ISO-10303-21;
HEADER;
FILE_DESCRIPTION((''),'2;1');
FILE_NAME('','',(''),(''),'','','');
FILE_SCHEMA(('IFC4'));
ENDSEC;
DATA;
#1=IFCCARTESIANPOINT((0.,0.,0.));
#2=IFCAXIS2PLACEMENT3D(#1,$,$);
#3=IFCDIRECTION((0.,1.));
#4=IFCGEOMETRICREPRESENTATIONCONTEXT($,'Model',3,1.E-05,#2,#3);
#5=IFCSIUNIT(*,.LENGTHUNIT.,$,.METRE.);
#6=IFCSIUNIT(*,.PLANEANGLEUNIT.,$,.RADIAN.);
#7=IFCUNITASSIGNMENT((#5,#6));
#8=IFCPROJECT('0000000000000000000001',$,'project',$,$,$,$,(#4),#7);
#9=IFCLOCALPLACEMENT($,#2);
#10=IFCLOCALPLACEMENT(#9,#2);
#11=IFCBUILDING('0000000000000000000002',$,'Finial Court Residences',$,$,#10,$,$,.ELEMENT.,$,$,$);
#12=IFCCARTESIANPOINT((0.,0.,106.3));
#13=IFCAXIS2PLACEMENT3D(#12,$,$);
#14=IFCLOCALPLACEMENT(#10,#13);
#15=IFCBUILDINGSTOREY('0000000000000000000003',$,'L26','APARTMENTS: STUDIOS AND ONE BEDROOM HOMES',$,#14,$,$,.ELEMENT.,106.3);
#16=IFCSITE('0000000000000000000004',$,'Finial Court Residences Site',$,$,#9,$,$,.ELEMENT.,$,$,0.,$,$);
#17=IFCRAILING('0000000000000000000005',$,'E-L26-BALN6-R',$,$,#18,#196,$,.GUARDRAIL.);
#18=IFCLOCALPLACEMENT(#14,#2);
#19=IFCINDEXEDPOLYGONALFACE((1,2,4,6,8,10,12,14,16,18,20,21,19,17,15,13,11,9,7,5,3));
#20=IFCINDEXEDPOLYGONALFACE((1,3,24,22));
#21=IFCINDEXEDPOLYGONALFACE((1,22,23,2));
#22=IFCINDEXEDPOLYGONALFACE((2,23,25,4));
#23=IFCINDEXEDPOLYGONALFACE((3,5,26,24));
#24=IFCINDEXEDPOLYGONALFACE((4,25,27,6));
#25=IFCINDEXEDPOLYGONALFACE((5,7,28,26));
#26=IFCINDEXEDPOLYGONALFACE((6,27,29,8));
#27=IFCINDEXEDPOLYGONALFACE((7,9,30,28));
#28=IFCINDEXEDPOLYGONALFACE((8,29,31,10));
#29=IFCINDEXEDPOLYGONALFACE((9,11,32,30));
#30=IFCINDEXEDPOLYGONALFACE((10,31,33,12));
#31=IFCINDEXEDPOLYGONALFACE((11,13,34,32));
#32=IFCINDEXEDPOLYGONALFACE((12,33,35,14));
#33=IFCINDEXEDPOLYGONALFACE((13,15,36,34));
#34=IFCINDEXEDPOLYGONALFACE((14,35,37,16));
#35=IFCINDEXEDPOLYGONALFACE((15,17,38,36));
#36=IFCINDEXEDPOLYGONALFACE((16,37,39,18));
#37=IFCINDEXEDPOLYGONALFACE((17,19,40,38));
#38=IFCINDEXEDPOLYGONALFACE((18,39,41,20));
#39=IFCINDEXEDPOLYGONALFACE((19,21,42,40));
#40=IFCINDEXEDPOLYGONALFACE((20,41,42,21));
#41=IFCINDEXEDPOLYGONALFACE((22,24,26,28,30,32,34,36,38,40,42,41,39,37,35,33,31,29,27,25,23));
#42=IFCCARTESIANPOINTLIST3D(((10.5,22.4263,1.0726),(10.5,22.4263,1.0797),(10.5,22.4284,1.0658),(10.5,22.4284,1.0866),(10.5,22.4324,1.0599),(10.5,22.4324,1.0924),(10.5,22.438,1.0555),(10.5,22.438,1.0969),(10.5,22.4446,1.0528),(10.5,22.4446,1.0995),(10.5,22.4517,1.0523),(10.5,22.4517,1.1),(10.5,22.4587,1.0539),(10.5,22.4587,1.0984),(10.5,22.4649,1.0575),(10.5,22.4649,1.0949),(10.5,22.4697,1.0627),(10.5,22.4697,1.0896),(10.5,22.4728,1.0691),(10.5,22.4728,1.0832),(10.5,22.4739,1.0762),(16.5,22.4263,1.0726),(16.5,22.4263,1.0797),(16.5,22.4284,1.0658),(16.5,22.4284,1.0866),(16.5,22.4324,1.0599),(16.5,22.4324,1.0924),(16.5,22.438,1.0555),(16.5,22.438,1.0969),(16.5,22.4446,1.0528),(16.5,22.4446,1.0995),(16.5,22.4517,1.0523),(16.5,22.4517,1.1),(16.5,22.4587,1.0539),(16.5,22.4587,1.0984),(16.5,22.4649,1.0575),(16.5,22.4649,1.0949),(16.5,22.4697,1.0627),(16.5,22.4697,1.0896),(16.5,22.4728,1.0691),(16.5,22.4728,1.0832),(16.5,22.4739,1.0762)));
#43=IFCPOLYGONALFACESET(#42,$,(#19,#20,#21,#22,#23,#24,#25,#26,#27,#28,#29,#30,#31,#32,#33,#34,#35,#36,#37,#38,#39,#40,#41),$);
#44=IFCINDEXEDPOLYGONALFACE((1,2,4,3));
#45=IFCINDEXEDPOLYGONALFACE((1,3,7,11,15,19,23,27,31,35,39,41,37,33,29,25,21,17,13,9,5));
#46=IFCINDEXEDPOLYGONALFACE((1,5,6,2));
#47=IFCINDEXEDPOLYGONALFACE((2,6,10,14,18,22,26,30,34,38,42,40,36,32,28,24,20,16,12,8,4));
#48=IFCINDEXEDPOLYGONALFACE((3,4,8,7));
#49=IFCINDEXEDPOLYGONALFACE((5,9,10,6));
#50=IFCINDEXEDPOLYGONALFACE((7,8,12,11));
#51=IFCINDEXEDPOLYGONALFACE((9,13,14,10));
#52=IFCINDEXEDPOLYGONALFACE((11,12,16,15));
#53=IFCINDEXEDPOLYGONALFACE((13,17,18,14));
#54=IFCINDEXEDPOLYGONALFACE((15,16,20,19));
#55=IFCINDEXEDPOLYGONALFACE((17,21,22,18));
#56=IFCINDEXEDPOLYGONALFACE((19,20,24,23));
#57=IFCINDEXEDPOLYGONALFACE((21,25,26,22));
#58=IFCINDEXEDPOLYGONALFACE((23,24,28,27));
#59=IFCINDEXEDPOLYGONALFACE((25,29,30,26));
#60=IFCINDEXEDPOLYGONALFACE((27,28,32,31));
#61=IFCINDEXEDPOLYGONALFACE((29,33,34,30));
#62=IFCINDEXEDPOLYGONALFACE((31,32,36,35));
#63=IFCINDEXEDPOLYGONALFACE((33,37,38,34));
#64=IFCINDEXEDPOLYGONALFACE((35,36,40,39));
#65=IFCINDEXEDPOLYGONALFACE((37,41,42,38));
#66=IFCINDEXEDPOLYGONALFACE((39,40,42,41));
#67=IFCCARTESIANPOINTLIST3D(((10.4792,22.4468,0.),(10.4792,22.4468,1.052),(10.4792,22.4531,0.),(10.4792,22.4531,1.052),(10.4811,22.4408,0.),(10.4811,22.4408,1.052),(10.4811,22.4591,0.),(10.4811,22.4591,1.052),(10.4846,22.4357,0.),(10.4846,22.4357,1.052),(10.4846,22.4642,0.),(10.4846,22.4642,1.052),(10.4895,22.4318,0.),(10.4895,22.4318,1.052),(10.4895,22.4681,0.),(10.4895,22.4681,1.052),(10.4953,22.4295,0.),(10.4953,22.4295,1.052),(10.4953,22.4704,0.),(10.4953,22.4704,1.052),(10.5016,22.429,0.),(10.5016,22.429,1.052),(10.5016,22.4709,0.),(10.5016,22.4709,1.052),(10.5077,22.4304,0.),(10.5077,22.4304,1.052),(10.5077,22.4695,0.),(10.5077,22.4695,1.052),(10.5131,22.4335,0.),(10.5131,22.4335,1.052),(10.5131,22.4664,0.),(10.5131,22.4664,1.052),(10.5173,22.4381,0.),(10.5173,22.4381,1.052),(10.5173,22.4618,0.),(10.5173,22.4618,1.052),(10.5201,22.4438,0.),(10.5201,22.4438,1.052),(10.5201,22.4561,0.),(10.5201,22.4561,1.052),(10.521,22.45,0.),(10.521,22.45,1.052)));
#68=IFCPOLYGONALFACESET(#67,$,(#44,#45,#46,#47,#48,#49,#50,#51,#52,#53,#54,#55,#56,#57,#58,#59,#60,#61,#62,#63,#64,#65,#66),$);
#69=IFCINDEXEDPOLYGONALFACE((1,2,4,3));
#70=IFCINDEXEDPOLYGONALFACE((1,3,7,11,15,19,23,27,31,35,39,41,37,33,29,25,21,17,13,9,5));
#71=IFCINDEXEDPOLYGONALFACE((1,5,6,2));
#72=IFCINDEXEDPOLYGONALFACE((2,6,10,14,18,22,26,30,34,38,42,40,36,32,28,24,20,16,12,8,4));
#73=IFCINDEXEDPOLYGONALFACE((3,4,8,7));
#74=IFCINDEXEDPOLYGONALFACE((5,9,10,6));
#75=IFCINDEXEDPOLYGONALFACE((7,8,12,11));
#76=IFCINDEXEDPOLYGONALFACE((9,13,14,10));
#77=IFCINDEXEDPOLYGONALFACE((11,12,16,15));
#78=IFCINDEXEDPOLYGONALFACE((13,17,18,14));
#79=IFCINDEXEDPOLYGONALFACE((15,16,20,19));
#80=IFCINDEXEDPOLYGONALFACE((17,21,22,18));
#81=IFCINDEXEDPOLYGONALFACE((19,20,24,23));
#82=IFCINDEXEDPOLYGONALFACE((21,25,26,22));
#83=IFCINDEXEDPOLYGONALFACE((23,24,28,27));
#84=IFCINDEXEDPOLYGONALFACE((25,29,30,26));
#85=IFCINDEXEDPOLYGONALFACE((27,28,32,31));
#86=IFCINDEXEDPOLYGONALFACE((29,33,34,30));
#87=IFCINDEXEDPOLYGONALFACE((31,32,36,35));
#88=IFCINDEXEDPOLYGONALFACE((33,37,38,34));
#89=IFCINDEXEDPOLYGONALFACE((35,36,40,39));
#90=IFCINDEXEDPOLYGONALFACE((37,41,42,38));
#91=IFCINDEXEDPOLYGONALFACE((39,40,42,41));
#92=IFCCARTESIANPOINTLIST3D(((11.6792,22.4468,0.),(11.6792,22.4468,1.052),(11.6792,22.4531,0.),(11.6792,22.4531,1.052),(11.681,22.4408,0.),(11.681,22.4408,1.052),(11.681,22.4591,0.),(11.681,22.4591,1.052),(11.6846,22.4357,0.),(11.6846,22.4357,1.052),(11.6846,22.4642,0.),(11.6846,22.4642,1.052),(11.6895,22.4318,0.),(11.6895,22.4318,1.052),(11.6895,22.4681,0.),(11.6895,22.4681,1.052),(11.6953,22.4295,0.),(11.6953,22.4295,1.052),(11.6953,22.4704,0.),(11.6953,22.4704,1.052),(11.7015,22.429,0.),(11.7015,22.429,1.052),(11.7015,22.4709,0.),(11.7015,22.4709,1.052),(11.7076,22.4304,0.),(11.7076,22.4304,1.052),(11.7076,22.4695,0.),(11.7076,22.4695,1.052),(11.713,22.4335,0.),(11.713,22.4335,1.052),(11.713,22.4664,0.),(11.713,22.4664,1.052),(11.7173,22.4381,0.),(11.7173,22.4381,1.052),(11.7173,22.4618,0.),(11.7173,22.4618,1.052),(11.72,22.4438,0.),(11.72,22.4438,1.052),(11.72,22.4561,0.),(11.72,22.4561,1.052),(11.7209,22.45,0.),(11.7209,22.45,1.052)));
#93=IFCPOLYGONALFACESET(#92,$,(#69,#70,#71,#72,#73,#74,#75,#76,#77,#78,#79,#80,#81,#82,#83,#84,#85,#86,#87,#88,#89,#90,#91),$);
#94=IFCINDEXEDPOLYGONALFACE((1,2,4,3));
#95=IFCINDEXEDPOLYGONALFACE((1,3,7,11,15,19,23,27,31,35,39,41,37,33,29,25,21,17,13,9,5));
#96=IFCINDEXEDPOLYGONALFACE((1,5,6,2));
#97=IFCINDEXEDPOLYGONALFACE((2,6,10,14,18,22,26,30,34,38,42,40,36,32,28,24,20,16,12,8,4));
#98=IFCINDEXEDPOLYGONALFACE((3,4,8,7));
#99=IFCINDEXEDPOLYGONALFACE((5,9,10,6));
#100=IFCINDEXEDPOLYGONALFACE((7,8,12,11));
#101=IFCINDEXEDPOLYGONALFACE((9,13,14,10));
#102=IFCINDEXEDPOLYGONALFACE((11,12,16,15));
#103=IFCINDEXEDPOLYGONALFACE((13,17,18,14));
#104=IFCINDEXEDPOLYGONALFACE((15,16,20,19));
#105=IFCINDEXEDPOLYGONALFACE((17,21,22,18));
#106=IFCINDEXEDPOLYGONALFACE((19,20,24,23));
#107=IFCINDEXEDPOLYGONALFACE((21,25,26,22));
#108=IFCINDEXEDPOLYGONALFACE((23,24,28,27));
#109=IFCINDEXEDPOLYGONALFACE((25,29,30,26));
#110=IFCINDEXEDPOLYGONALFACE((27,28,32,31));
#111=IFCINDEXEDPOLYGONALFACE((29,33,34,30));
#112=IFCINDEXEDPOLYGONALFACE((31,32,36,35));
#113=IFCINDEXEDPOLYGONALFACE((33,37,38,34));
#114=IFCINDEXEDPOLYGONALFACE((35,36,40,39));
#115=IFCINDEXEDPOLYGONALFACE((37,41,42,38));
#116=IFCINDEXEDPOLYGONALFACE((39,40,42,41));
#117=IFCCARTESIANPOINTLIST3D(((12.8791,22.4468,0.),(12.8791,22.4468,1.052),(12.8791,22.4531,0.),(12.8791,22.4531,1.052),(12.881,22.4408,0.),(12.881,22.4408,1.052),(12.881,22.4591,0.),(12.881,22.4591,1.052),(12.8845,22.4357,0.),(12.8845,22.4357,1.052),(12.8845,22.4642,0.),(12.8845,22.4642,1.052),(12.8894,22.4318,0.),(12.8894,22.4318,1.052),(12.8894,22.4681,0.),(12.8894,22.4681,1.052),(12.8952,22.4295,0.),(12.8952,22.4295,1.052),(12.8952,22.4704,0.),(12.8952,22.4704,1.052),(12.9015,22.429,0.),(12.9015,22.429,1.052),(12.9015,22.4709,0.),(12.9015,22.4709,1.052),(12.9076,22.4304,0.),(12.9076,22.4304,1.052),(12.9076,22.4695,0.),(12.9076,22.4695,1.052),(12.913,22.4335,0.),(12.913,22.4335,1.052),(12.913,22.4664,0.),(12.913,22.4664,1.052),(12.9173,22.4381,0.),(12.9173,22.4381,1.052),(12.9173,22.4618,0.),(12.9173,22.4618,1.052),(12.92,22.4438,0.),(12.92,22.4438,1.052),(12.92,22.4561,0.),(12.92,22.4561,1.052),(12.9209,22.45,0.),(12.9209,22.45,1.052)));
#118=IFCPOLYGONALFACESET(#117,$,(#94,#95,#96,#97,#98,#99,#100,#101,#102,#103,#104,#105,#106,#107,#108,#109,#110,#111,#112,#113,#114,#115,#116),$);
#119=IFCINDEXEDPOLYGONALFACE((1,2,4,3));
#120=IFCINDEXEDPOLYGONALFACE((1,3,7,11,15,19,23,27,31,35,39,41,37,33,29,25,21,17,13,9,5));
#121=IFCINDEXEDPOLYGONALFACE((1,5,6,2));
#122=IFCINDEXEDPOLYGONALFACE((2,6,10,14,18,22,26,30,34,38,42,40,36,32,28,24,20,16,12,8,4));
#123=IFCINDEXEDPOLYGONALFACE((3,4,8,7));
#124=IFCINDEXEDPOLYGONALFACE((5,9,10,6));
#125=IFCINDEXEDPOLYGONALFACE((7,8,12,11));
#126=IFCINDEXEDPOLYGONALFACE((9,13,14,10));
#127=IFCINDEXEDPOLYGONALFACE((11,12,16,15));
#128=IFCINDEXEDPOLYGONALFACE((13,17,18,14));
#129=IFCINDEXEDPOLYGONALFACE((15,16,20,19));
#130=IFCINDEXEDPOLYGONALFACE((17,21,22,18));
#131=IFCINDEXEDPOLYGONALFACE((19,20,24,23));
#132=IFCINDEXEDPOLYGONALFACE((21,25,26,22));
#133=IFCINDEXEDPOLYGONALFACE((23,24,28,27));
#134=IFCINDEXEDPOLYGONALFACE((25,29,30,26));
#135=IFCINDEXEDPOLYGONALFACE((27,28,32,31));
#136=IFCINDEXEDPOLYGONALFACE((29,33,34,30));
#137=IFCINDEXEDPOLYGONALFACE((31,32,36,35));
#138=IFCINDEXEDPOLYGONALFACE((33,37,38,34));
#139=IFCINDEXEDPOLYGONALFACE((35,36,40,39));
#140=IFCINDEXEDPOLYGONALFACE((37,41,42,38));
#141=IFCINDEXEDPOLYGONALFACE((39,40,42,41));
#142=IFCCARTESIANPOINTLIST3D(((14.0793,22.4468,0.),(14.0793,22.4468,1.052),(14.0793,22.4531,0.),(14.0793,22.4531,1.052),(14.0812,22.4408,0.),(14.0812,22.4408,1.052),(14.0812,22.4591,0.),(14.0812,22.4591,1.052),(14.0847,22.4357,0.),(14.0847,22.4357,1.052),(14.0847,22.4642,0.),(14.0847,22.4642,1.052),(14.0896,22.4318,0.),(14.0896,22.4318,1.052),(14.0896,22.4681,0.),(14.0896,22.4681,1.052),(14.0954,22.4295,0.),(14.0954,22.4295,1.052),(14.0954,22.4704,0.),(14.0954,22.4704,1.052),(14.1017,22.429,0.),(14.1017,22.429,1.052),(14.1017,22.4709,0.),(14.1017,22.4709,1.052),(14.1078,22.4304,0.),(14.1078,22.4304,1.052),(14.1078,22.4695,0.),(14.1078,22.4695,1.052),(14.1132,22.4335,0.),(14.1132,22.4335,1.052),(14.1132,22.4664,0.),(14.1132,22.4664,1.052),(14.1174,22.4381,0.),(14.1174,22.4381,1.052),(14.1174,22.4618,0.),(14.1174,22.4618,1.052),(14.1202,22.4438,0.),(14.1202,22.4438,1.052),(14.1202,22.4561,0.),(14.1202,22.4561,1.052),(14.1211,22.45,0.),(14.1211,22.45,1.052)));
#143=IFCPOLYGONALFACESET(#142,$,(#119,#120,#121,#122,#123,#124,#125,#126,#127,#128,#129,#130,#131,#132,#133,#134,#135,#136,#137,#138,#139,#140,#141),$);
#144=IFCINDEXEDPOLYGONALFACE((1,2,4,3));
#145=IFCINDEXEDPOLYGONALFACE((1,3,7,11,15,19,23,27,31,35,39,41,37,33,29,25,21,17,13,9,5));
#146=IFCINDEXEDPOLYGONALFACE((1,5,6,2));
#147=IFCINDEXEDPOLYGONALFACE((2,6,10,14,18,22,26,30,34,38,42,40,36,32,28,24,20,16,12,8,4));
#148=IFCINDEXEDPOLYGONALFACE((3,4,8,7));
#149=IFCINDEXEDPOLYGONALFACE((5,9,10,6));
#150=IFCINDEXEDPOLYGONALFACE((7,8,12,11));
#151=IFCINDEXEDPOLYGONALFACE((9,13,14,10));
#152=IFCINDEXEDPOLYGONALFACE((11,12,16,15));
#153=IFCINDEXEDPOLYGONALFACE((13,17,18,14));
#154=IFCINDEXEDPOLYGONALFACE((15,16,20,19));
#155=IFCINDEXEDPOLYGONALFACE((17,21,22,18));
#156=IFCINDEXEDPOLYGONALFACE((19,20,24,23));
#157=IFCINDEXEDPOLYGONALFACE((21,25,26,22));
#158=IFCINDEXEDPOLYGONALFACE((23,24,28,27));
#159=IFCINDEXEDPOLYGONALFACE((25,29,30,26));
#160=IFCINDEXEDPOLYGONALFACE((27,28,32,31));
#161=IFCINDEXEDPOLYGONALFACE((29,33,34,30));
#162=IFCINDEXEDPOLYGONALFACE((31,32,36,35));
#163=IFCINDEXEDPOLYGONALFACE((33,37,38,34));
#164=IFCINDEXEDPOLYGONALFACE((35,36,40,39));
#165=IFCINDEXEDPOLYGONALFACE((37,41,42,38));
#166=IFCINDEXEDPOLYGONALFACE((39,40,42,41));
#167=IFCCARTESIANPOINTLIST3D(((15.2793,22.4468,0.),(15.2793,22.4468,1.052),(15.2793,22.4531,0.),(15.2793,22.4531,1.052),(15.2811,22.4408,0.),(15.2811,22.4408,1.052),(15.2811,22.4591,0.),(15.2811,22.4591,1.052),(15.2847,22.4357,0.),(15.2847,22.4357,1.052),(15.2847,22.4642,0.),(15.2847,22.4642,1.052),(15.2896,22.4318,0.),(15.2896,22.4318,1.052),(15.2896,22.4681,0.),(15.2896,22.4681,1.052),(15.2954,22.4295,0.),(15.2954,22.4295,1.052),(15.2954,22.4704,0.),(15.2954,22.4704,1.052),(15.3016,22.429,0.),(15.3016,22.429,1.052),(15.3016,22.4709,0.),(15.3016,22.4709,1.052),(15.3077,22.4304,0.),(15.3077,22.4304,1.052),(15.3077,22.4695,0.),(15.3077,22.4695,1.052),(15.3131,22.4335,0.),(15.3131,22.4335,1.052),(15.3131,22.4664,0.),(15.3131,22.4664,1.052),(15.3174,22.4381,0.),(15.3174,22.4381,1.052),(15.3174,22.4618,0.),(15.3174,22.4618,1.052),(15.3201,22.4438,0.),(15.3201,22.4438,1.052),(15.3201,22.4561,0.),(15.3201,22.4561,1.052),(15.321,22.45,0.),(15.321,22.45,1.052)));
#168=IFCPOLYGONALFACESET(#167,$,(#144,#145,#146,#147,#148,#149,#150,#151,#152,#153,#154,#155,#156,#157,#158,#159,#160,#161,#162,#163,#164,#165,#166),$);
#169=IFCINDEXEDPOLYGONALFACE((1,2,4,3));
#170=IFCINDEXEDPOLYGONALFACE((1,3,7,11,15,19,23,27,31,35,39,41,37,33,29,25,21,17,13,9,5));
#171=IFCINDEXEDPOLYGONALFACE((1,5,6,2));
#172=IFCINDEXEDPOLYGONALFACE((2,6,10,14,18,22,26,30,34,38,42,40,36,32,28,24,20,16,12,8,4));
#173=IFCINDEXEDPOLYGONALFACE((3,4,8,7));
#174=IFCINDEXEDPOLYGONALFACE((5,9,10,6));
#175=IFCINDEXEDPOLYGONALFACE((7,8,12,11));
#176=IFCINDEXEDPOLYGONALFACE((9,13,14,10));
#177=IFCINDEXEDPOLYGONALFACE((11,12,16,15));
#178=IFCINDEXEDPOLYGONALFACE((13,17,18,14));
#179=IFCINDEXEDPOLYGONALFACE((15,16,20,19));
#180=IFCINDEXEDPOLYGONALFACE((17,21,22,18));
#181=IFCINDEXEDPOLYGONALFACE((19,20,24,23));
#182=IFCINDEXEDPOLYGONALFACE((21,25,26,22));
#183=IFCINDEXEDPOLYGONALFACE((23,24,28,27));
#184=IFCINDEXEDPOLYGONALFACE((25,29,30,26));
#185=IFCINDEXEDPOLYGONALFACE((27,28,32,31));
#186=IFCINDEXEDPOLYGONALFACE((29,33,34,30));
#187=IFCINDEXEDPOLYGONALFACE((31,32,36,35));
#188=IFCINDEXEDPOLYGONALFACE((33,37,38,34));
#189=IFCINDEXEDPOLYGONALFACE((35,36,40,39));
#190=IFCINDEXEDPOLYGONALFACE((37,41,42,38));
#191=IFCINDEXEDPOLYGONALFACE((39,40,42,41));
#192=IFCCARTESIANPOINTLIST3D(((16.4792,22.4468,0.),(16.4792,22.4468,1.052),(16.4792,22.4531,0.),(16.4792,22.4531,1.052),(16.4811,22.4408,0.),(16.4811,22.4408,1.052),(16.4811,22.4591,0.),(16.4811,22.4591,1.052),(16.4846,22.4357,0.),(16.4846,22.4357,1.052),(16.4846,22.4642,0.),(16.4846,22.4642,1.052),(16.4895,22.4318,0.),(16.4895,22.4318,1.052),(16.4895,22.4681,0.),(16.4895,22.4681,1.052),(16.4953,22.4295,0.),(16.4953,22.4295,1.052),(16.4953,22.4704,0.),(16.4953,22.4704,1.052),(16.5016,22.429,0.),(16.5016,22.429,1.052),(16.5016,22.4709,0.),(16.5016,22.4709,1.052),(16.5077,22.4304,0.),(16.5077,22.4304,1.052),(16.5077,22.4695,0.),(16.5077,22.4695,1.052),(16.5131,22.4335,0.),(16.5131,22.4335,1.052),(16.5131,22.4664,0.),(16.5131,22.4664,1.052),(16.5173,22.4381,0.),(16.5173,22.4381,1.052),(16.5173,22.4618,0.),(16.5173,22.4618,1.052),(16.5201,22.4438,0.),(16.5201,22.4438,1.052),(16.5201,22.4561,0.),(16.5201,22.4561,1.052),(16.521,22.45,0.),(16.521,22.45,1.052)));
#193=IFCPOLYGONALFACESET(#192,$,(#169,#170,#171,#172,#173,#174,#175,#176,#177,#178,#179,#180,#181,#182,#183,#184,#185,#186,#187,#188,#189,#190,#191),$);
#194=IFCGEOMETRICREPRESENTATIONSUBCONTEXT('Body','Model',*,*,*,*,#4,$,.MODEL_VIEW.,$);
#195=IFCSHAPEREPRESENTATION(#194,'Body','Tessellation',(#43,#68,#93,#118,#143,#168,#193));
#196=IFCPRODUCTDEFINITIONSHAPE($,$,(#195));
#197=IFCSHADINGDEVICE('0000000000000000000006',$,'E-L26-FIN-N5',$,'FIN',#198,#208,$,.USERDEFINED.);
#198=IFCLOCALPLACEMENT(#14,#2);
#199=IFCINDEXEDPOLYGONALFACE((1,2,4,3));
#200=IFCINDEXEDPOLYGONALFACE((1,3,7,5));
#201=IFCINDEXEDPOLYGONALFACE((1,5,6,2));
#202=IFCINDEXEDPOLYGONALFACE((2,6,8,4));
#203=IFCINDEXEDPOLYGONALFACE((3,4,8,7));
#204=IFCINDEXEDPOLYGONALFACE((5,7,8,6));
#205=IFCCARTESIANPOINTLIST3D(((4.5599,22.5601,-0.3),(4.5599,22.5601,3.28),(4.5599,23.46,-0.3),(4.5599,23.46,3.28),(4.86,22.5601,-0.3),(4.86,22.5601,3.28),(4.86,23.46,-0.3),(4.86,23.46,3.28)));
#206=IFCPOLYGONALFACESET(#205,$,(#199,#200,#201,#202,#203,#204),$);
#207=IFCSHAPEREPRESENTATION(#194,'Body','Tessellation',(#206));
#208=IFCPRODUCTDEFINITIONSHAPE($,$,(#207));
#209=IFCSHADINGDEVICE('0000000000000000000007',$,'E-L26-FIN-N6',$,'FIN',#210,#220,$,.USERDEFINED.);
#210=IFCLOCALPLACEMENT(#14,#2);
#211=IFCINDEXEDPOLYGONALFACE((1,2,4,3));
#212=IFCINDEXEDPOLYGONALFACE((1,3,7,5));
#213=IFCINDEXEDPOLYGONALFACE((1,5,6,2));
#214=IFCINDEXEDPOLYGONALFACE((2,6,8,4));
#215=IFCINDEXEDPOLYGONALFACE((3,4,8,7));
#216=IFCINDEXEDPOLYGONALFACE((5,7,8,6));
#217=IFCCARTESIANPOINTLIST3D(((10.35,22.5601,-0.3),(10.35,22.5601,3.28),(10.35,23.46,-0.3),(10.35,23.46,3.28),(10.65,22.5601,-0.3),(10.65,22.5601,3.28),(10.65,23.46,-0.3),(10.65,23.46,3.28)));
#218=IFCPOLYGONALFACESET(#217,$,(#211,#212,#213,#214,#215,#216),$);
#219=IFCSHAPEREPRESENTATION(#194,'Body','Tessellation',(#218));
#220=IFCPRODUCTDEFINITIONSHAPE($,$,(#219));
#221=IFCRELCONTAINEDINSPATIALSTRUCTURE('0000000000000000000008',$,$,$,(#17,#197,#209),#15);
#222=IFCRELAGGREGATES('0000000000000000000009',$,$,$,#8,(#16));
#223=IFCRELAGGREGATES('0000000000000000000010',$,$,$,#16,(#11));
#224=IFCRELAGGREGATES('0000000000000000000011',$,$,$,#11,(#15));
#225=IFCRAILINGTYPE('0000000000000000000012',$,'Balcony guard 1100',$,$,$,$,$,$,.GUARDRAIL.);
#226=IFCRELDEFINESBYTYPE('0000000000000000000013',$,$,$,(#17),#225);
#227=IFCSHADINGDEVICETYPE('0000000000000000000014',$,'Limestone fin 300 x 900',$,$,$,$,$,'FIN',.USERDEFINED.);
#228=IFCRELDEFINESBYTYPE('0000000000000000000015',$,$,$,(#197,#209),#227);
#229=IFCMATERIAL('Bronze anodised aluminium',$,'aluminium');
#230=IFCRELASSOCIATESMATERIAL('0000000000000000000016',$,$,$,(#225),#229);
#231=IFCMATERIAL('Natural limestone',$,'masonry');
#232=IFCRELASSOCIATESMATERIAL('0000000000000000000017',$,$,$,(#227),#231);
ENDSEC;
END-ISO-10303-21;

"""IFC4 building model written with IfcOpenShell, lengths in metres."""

from ifc_helpers import new_model, si_unit, direction, frame, origin, origin_2d, place, context, subcontext, project, spatial, rectangle, circle, extrude, material, type_object, element, save


model = new_model("IFC4")

# Units and contexts
model_context = context("Model", 3, precision=1e-05, world=origin(), true_north=direction((0.0, 1.0)))
body_context = subcontext(model_context, "Body", "Model", "MODEL_VIEW")
ifc_project = project(units=[si_unit("LENGTHUNIT", "METRE"), si_unit("PLANEANGLEUNIT", "RADIAN")], contexts=[model_context])

# Site, building, storey
site_placement = place(None, origin())
site = spatial("IfcSite", under=ifc_project, at=site_placement, Name="Finial Court Residences Site", CompositionType="ELEMENT", RefElevation=0.0)
building_placement = place(site_placement, origin())
building = spatial("IfcBuilding", under=site, at=building_placement, Name="Finial Court Residences", CompositionType="ELEMENT")
storey_placement = place(building_placement, frame((0.0, 0.0, 106.3)))
storey = spatial("IfcBuildingStorey", under=building, at=storey_placement, Name="L26", Description="APARTMENTS: STUDIOS AND ONE BEDROOM HOMES", CompositionType="ELEMENT", Elevation=106.3)

# Shared definitions
ifc_material_1 = material(Name="Bronze anodised aluminium", Category="aluminium")

# Shared definitions
ifc_material_2 = material(Name="Natural limestone", Category="masonry")

# Railing
railing_type = type_object("IfcRailingType", Name="Balcony guard 1100", PredefinedType="GUARDRAIL", material=ifc_material_1)
railing_placement = place(storey_placement, frame((10.5, 22.45, 0.0)))
element("IfcRailing", 1, at=railing_placement, inside=storey, type_object=railing_type, Name="E-L26-BALN6-R", PredefinedType="GUARDRAIL", context=body_context, shape_type="SweptSolid", body=[
    extrude(circle(Radius=0.0239, at=origin_2d()), frame((0.0, 0.0, 1.0762), z_axis=(1.0, 0.0, 0.0), x_axis=(0.0, 1.0, 0.0)), (0.0, 0.0, 1.0), 6.0),
    extrude(circle(Radius=0.021, at=origin_2d()), origin(), (0.0, 0.0, 1.0), 1.052),
    extrude(circle(Radius=0.021, at=origin_2d()), frame((1.2, 0.0, 0.0)), (0.0, 0.0, 1.0), 1.052),
    extrude(circle(Radius=0.021, at=origin_2d()), frame((2.3999, 0.0, 0.0)), (0.0, 0.0, 1.0), 1.052),
    extrude(circle(Radius=0.021, at=origin_2d()), frame((3.6001, 0.0, 0.0)), (0.0, 0.0, 1.0), 1.052),
    extrude(circle(Radius=0.021, at=origin_2d()), frame((4.8, 0.0, 0.0)), (0.0, 0.0, 1.0), 1.052),
    extrude(circle(Radius=0.021, at=origin_2d()), frame((6.0, 0.0, 0.0)), (0.0, 0.0, 1.0), 1.052),
])

# Shading devices
shading_device_type = type_object("IfcShadingDeviceType", Name="Limestone fin 300 x 900", ElementType="FIN", PredefinedType="USERDEFINED", material=ifc_material_2)
for number, where, z_axis, x_axis, name in (
    (2, (4.71, 23.01, -0.3), (0.0, 0.0, 1.0), (1.0, 0.0, 0.0), "E-L26-FIN-N5"),
    (3, (10.5, 23.01, -0.3), (0.0, 0.0, 1.0), (1.0, 0.0, 0.0), "E-L26-FIN-N6"),
):
    element("IfcShadingDevice", number, at=place(storey_placement, frame(where, z_axis=z_axis, x_axis=x_axis)), inside=storey, type_object=shading_device_type, Name=name, ObjectType="FIN", PredefinedType="USERDEFINED", context=body_context, shape_type="SweptSolid", body=[
        extrude(rectangle(XDim=0.3, YDim=0.8999, at=origin_2d()), origin(), (0.0, 0.0, 1.0), 3.5801),
    ])

save(model, "model.ifc")
